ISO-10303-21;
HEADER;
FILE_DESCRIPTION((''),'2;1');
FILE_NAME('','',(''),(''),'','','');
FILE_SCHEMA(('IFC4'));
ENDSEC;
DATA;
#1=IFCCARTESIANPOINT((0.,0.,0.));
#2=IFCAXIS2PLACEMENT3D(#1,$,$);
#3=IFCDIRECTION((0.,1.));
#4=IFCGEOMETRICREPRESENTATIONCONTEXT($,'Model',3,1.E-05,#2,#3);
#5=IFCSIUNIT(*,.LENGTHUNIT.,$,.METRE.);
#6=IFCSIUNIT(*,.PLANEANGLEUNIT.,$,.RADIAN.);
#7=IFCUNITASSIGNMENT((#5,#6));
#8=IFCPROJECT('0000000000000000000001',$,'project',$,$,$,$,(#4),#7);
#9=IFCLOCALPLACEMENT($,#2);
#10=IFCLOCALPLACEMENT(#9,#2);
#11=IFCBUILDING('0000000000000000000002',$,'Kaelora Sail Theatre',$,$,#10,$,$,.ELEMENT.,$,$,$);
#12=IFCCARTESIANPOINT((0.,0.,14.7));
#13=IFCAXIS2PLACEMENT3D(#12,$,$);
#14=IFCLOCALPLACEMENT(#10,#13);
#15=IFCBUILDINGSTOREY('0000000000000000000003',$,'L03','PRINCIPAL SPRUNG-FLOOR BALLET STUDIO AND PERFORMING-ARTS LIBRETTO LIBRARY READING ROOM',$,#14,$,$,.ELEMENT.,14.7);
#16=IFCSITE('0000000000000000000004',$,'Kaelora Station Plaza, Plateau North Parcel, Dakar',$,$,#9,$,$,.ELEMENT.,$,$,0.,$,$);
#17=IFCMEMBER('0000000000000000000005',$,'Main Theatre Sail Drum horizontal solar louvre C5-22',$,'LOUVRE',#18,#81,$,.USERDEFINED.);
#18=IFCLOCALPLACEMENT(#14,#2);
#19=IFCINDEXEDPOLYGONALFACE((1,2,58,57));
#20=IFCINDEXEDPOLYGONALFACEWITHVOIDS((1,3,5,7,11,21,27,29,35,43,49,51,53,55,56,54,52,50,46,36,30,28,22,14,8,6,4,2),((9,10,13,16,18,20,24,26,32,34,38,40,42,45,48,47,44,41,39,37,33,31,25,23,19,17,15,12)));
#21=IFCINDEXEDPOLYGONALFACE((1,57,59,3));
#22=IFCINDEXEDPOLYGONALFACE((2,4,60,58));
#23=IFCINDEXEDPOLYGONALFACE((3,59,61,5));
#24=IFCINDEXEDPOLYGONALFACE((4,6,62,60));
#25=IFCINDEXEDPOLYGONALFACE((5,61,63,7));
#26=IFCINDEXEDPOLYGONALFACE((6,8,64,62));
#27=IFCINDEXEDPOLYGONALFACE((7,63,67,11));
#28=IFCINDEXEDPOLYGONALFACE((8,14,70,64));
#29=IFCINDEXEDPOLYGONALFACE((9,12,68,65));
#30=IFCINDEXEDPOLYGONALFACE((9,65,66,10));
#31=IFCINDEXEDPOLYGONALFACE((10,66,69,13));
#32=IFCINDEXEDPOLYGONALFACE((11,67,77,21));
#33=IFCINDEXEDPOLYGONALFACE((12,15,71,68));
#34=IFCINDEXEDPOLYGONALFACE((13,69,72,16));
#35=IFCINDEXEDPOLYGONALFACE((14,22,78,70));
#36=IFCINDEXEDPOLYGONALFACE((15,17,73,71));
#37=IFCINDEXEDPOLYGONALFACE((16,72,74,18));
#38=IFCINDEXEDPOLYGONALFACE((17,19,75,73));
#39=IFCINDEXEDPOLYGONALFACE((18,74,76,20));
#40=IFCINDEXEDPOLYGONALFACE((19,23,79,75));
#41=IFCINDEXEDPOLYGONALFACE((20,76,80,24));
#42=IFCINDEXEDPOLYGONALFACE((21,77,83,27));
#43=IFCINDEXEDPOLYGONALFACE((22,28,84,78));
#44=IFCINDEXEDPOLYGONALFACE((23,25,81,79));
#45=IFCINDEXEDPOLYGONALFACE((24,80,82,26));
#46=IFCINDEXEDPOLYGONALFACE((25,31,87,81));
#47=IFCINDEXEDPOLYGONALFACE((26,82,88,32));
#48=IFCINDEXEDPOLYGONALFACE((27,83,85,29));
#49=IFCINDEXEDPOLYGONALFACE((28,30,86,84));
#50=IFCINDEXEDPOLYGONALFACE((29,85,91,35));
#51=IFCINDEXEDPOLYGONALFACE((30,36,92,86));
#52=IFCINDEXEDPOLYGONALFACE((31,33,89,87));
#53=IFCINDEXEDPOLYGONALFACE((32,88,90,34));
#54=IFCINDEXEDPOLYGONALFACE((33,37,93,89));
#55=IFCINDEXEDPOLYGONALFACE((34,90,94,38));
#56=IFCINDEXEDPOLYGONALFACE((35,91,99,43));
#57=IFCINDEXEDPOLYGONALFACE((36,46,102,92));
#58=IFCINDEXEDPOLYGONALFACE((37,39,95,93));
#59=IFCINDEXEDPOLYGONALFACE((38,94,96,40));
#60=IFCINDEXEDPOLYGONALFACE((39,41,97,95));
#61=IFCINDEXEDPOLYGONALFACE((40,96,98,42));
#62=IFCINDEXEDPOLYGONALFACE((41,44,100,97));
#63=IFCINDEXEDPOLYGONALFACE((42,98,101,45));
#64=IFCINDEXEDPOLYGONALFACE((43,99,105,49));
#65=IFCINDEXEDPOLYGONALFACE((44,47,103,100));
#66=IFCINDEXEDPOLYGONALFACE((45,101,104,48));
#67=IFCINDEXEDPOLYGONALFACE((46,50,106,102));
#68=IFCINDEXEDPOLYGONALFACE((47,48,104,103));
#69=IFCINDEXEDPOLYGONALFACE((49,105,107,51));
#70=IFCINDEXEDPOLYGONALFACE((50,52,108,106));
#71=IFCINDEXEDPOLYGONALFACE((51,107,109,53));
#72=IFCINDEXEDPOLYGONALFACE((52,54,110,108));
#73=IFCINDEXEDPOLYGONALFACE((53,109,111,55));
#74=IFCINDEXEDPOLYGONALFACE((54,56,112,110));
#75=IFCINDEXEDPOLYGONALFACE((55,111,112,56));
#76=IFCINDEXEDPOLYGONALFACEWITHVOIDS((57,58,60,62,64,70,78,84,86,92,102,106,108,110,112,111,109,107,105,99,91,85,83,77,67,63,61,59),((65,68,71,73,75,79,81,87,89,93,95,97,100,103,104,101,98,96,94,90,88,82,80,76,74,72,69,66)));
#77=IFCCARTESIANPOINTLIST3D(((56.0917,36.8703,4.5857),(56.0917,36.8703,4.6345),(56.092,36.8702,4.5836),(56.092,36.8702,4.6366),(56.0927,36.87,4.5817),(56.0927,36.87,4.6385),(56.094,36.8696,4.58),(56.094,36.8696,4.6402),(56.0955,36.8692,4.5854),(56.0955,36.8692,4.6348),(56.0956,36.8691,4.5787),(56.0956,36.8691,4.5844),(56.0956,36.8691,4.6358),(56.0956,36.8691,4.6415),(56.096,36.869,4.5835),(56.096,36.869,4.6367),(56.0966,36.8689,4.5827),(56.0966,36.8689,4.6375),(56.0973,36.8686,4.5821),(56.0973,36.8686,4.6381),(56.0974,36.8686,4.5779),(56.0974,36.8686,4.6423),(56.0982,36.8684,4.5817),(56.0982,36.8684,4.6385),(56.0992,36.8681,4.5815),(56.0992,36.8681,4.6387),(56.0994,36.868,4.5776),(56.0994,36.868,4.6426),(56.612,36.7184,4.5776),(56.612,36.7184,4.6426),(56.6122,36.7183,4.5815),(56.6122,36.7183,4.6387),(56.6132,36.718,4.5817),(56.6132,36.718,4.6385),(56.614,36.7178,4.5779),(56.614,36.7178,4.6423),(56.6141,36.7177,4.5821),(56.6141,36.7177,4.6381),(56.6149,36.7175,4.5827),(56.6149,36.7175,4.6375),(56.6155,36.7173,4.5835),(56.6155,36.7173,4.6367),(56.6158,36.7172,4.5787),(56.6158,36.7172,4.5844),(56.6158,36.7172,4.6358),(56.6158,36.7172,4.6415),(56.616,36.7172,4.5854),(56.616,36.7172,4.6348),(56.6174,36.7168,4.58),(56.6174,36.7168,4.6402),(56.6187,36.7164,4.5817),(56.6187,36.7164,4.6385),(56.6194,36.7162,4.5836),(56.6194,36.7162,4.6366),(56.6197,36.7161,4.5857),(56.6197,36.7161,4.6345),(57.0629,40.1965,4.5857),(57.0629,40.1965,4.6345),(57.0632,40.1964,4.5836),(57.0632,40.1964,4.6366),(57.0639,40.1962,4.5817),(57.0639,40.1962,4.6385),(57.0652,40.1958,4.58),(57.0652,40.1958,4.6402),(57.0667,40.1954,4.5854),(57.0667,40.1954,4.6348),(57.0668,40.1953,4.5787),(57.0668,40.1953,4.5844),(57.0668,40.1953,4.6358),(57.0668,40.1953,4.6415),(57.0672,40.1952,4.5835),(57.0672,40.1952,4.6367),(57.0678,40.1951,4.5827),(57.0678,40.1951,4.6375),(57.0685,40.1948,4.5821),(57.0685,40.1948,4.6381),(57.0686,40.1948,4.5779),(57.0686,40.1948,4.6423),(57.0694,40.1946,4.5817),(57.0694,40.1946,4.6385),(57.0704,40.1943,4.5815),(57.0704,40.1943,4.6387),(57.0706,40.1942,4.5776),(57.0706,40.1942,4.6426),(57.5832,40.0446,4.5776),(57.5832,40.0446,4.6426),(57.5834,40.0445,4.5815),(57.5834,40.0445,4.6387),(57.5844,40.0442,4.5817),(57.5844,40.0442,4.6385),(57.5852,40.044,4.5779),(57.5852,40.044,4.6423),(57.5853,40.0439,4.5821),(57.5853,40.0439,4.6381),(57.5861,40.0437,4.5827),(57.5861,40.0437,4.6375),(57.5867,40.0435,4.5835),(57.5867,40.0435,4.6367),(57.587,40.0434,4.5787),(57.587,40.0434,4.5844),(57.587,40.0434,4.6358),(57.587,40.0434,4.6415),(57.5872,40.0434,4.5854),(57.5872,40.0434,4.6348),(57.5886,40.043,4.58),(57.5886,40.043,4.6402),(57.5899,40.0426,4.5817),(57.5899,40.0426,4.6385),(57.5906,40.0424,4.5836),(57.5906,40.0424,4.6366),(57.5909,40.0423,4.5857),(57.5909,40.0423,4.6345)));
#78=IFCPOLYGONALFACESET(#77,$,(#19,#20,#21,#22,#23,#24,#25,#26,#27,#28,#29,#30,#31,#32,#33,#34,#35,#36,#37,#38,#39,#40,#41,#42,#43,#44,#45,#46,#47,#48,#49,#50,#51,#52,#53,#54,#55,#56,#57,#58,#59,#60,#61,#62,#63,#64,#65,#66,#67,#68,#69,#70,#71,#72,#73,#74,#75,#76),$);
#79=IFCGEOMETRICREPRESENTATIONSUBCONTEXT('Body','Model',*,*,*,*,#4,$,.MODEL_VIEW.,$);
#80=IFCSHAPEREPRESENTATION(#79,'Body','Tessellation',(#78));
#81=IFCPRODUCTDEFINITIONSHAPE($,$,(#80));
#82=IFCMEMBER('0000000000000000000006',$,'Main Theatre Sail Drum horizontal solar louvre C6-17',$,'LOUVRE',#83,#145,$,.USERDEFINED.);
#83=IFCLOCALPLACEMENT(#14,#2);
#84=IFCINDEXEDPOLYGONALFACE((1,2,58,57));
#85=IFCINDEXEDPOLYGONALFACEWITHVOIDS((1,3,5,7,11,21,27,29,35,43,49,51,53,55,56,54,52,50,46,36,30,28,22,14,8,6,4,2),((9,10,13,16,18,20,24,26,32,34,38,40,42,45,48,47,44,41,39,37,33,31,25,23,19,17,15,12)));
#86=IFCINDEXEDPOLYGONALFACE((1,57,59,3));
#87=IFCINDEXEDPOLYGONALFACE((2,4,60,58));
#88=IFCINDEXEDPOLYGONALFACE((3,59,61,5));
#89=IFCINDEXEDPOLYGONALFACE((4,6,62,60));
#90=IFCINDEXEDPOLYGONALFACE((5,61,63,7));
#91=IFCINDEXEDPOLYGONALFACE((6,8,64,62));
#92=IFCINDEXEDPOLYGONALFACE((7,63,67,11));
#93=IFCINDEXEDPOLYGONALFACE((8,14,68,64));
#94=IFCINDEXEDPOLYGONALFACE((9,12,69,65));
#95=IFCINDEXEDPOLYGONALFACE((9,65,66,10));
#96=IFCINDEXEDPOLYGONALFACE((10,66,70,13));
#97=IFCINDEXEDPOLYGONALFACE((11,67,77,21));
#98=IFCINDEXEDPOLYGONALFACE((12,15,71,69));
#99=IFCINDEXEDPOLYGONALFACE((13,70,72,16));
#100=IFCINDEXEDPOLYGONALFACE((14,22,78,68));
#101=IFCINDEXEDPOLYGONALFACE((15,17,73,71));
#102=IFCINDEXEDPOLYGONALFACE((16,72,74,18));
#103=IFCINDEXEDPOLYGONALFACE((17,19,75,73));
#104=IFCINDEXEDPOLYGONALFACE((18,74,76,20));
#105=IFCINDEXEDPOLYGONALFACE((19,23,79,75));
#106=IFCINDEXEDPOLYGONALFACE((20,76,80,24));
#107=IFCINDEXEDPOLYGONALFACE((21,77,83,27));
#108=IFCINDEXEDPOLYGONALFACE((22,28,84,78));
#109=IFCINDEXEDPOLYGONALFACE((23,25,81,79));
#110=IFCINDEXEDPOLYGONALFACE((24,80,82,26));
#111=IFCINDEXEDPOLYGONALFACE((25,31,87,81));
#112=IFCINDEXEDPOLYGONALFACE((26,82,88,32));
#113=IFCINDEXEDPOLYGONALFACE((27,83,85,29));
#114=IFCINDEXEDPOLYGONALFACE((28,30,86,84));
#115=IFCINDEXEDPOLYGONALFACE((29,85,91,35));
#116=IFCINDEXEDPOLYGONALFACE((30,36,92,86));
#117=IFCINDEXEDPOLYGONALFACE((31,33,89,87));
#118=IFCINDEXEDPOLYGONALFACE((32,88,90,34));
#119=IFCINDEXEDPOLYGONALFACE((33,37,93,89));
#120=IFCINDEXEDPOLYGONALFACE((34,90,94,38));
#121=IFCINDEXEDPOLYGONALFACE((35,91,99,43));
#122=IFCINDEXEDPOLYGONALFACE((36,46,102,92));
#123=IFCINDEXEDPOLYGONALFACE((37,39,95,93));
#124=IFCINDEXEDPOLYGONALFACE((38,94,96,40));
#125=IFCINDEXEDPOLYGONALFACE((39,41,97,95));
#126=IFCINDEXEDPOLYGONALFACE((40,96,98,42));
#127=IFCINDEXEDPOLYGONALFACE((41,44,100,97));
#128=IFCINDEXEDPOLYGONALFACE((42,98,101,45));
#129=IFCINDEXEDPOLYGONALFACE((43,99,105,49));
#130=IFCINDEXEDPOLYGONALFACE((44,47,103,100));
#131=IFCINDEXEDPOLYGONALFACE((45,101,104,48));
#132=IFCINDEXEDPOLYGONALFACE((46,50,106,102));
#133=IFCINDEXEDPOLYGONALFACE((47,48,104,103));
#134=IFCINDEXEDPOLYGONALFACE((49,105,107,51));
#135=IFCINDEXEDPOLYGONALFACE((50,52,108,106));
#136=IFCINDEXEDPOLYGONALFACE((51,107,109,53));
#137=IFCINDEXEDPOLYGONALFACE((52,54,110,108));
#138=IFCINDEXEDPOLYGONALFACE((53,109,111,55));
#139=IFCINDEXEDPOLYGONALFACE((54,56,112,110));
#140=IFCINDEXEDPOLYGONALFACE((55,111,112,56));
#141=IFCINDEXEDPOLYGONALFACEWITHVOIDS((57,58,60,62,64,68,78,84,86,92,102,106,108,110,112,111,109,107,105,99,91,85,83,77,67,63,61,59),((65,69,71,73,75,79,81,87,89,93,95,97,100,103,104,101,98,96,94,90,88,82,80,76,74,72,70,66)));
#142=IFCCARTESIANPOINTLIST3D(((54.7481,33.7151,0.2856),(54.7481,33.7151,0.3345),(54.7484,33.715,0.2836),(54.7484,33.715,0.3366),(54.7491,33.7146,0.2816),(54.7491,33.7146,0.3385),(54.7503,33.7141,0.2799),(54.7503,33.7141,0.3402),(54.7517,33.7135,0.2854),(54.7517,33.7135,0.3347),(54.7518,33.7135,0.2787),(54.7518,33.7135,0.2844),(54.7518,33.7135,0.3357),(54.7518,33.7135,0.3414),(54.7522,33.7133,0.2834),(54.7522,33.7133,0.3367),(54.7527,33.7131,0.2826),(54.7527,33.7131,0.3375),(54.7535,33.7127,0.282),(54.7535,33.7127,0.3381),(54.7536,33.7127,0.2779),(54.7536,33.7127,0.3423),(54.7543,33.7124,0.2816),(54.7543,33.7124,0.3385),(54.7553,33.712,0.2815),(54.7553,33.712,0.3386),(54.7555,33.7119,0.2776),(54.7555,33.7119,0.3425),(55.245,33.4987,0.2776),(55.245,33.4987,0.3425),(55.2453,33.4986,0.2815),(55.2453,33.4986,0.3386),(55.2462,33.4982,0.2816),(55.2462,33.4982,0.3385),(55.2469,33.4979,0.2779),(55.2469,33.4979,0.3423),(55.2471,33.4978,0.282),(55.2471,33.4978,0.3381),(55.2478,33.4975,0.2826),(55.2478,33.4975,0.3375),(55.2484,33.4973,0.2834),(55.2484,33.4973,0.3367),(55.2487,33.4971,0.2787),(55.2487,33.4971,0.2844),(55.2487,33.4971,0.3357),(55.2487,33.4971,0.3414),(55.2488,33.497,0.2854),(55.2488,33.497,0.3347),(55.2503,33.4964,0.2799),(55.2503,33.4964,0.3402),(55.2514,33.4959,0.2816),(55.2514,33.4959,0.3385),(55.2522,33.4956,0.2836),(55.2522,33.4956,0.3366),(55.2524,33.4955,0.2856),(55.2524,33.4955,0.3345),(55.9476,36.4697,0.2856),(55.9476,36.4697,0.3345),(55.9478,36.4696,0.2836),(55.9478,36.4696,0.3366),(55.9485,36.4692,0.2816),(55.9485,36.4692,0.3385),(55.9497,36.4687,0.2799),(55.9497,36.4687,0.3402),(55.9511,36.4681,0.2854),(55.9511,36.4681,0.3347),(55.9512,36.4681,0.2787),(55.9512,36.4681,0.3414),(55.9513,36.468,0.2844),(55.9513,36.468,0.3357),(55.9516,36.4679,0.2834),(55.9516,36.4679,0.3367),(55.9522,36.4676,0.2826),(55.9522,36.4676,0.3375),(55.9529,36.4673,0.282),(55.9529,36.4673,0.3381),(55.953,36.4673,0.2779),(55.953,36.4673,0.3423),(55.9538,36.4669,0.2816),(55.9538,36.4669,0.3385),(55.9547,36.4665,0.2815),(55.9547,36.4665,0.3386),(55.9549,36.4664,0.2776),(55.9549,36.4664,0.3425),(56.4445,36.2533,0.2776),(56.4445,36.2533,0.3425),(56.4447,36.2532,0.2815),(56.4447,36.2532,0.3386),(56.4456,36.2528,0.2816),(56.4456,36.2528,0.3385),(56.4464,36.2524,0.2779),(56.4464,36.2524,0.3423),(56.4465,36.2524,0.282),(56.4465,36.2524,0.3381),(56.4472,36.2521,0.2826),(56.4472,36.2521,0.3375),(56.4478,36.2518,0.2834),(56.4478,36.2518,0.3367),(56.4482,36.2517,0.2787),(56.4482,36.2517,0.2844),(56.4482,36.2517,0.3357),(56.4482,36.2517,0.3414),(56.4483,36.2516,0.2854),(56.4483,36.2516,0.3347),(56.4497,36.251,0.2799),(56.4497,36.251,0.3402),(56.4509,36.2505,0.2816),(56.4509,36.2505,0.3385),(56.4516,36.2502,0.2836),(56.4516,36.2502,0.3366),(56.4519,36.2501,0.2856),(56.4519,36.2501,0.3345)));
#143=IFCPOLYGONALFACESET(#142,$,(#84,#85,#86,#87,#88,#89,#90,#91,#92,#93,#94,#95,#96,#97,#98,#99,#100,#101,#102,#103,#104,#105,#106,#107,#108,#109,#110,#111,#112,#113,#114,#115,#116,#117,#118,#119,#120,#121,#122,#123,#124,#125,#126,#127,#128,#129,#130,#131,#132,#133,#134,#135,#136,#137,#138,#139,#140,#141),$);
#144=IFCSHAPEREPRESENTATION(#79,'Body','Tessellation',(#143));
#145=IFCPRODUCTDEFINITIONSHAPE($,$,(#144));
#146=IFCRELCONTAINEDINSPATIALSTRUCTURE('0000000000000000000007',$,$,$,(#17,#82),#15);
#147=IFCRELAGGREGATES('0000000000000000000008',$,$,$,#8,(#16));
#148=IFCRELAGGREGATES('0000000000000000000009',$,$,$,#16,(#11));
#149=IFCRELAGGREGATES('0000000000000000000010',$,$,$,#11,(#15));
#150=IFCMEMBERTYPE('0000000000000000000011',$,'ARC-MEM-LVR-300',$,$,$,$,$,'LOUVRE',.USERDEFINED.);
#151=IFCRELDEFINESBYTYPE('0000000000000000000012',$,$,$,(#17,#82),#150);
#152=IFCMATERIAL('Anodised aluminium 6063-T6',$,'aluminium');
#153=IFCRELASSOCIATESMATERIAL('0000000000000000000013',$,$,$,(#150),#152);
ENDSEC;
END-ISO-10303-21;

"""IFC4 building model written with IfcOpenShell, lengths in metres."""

from ifc_helpers import new_model, si_unit, direction, frame, origin, origin_2d, place, context, subcontext, project, spatial, hollow_rectangle, extrude, material, material_profile, profile_set, type_object, element, save


model = new_model("IFC4")

# Units and contexts
model_context = context("Model", 3, precision=1e-05, world=origin(), true_north=direction((0.0, 1.0)))
body_context = subcontext(model_context, "Body", "Model", "MODEL_VIEW")
ifc_project = project(units=[si_unit("LENGTHUNIT", "METRE"), si_unit("PLANEANGLEUNIT", "RADIAN")], contexts=[model_context])

# Site, building, storey
site_placement = place(None, origin())
site = spatial("IfcSite", under=ifc_project, at=site_placement, Name="Kaelora Station Plaza, Plateau North Parcel, Dakar", CompositionType="ELEMENT", RefElevation=0.0)
building_placement = place(site_placement, origin())
building = spatial("IfcBuilding", under=site, at=building_placement, Name="Kaelora Sail Theatre", CompositionType="ELEMENT")
storey_placement = place(building_placement, frame((0.0, 0.0, 14.7)))
storey = spatial("IfcBuildingStorey", under=building, at=storey_placement, Name="L03", Description="PRINCIPAL SPRUNG-FLOOR BALLET STUDIO AND PERFORMING-ARTS LIBRETTO LIBRARY READING ROOM", CompositionType="ELEMENT", Elevation=14.7)

# Members
ifc_material_1 = material(Name="Anodised aluminium 6063-T6", Category="aluminium")
ifc_material_profile_1 = material_profile(ifc_material_1, hollow_rectangle(XDim=0.55, YDim=0.0649, WallThickness=0.0039, InnerFilletRadius=0.0039, OuterFilletRadius=0.0081, at=origin_2d()), Name="LOUVRE 550x65x4")
ifc_profile_set_1 = profile_set([ifc_material_profile_1], Name="Anodised aluminium 6063-T6")
member_type = type_object("IfcMemberType", Name="ARC-MEM-LVR-300", ElementType="LOUVRE", PredefinedType="USERDEFINED", material=ifc_profile_set_1)
for number, where, z_axis, x_axis, name in (
    (1, (57.3269, 40.1194, 4.6101), (-0.280281, -0.959918, 0.0), (0.959918, -0.280281, 0.0), "Main Theatre Sail Drum horizontal solar louvre C5-22"),
):
    element("IfcMember", number, at=place(storey_placement, frame(where, z_axis=z_axis, x_axis=x_axis)), inside=storey, type_object=member_type, Name=name, ObjectType="LOUVRE", PredefinedType="USERDEFINED", context=body_context, shape_type="SweptSolid", body=[
        extrude(hollow_rectangle(XDim=0.55, YDim=0.0649, WallThickness=0.0039, InnerFilletRadius=0.0039, OuterFilletRadius=0.0081, at=origin_2d()), origin(), (0.0, 0.0, 1.0), 3.4651),
    ])
for number, where, z_axis, x_axis, name in (
    (2, (56.1997, 36.3599, 0.3101), (-0.399228, -0.916852, 0.0), (0.916852, -0.399228, 0.0), "Main Theatre Sail Drum horizontal solar louvre C6-17"),
):
    element("IfcMember", number, at=place(storey_placement, frame(where, z_axis=z_axis, x_axis=x_axis)), inside=storey, type_object=member_type, Name=name, ObjectType="LOUVRE", PredefinedType="USERDEFINED", context=body_context, shape_type="SweptSolid", body=[
        extrude(hollow_rectangle(XDim=0.55, YDim=0.0649, WallThickness=0.0039, InnerFilletRadius=0.0039, OuterFilletRadius=0.0081, at=origin_2d()), origin(), (0.0, 0.0, 1.0), 3.0044),
    ])

save(model, "model.ifc")
